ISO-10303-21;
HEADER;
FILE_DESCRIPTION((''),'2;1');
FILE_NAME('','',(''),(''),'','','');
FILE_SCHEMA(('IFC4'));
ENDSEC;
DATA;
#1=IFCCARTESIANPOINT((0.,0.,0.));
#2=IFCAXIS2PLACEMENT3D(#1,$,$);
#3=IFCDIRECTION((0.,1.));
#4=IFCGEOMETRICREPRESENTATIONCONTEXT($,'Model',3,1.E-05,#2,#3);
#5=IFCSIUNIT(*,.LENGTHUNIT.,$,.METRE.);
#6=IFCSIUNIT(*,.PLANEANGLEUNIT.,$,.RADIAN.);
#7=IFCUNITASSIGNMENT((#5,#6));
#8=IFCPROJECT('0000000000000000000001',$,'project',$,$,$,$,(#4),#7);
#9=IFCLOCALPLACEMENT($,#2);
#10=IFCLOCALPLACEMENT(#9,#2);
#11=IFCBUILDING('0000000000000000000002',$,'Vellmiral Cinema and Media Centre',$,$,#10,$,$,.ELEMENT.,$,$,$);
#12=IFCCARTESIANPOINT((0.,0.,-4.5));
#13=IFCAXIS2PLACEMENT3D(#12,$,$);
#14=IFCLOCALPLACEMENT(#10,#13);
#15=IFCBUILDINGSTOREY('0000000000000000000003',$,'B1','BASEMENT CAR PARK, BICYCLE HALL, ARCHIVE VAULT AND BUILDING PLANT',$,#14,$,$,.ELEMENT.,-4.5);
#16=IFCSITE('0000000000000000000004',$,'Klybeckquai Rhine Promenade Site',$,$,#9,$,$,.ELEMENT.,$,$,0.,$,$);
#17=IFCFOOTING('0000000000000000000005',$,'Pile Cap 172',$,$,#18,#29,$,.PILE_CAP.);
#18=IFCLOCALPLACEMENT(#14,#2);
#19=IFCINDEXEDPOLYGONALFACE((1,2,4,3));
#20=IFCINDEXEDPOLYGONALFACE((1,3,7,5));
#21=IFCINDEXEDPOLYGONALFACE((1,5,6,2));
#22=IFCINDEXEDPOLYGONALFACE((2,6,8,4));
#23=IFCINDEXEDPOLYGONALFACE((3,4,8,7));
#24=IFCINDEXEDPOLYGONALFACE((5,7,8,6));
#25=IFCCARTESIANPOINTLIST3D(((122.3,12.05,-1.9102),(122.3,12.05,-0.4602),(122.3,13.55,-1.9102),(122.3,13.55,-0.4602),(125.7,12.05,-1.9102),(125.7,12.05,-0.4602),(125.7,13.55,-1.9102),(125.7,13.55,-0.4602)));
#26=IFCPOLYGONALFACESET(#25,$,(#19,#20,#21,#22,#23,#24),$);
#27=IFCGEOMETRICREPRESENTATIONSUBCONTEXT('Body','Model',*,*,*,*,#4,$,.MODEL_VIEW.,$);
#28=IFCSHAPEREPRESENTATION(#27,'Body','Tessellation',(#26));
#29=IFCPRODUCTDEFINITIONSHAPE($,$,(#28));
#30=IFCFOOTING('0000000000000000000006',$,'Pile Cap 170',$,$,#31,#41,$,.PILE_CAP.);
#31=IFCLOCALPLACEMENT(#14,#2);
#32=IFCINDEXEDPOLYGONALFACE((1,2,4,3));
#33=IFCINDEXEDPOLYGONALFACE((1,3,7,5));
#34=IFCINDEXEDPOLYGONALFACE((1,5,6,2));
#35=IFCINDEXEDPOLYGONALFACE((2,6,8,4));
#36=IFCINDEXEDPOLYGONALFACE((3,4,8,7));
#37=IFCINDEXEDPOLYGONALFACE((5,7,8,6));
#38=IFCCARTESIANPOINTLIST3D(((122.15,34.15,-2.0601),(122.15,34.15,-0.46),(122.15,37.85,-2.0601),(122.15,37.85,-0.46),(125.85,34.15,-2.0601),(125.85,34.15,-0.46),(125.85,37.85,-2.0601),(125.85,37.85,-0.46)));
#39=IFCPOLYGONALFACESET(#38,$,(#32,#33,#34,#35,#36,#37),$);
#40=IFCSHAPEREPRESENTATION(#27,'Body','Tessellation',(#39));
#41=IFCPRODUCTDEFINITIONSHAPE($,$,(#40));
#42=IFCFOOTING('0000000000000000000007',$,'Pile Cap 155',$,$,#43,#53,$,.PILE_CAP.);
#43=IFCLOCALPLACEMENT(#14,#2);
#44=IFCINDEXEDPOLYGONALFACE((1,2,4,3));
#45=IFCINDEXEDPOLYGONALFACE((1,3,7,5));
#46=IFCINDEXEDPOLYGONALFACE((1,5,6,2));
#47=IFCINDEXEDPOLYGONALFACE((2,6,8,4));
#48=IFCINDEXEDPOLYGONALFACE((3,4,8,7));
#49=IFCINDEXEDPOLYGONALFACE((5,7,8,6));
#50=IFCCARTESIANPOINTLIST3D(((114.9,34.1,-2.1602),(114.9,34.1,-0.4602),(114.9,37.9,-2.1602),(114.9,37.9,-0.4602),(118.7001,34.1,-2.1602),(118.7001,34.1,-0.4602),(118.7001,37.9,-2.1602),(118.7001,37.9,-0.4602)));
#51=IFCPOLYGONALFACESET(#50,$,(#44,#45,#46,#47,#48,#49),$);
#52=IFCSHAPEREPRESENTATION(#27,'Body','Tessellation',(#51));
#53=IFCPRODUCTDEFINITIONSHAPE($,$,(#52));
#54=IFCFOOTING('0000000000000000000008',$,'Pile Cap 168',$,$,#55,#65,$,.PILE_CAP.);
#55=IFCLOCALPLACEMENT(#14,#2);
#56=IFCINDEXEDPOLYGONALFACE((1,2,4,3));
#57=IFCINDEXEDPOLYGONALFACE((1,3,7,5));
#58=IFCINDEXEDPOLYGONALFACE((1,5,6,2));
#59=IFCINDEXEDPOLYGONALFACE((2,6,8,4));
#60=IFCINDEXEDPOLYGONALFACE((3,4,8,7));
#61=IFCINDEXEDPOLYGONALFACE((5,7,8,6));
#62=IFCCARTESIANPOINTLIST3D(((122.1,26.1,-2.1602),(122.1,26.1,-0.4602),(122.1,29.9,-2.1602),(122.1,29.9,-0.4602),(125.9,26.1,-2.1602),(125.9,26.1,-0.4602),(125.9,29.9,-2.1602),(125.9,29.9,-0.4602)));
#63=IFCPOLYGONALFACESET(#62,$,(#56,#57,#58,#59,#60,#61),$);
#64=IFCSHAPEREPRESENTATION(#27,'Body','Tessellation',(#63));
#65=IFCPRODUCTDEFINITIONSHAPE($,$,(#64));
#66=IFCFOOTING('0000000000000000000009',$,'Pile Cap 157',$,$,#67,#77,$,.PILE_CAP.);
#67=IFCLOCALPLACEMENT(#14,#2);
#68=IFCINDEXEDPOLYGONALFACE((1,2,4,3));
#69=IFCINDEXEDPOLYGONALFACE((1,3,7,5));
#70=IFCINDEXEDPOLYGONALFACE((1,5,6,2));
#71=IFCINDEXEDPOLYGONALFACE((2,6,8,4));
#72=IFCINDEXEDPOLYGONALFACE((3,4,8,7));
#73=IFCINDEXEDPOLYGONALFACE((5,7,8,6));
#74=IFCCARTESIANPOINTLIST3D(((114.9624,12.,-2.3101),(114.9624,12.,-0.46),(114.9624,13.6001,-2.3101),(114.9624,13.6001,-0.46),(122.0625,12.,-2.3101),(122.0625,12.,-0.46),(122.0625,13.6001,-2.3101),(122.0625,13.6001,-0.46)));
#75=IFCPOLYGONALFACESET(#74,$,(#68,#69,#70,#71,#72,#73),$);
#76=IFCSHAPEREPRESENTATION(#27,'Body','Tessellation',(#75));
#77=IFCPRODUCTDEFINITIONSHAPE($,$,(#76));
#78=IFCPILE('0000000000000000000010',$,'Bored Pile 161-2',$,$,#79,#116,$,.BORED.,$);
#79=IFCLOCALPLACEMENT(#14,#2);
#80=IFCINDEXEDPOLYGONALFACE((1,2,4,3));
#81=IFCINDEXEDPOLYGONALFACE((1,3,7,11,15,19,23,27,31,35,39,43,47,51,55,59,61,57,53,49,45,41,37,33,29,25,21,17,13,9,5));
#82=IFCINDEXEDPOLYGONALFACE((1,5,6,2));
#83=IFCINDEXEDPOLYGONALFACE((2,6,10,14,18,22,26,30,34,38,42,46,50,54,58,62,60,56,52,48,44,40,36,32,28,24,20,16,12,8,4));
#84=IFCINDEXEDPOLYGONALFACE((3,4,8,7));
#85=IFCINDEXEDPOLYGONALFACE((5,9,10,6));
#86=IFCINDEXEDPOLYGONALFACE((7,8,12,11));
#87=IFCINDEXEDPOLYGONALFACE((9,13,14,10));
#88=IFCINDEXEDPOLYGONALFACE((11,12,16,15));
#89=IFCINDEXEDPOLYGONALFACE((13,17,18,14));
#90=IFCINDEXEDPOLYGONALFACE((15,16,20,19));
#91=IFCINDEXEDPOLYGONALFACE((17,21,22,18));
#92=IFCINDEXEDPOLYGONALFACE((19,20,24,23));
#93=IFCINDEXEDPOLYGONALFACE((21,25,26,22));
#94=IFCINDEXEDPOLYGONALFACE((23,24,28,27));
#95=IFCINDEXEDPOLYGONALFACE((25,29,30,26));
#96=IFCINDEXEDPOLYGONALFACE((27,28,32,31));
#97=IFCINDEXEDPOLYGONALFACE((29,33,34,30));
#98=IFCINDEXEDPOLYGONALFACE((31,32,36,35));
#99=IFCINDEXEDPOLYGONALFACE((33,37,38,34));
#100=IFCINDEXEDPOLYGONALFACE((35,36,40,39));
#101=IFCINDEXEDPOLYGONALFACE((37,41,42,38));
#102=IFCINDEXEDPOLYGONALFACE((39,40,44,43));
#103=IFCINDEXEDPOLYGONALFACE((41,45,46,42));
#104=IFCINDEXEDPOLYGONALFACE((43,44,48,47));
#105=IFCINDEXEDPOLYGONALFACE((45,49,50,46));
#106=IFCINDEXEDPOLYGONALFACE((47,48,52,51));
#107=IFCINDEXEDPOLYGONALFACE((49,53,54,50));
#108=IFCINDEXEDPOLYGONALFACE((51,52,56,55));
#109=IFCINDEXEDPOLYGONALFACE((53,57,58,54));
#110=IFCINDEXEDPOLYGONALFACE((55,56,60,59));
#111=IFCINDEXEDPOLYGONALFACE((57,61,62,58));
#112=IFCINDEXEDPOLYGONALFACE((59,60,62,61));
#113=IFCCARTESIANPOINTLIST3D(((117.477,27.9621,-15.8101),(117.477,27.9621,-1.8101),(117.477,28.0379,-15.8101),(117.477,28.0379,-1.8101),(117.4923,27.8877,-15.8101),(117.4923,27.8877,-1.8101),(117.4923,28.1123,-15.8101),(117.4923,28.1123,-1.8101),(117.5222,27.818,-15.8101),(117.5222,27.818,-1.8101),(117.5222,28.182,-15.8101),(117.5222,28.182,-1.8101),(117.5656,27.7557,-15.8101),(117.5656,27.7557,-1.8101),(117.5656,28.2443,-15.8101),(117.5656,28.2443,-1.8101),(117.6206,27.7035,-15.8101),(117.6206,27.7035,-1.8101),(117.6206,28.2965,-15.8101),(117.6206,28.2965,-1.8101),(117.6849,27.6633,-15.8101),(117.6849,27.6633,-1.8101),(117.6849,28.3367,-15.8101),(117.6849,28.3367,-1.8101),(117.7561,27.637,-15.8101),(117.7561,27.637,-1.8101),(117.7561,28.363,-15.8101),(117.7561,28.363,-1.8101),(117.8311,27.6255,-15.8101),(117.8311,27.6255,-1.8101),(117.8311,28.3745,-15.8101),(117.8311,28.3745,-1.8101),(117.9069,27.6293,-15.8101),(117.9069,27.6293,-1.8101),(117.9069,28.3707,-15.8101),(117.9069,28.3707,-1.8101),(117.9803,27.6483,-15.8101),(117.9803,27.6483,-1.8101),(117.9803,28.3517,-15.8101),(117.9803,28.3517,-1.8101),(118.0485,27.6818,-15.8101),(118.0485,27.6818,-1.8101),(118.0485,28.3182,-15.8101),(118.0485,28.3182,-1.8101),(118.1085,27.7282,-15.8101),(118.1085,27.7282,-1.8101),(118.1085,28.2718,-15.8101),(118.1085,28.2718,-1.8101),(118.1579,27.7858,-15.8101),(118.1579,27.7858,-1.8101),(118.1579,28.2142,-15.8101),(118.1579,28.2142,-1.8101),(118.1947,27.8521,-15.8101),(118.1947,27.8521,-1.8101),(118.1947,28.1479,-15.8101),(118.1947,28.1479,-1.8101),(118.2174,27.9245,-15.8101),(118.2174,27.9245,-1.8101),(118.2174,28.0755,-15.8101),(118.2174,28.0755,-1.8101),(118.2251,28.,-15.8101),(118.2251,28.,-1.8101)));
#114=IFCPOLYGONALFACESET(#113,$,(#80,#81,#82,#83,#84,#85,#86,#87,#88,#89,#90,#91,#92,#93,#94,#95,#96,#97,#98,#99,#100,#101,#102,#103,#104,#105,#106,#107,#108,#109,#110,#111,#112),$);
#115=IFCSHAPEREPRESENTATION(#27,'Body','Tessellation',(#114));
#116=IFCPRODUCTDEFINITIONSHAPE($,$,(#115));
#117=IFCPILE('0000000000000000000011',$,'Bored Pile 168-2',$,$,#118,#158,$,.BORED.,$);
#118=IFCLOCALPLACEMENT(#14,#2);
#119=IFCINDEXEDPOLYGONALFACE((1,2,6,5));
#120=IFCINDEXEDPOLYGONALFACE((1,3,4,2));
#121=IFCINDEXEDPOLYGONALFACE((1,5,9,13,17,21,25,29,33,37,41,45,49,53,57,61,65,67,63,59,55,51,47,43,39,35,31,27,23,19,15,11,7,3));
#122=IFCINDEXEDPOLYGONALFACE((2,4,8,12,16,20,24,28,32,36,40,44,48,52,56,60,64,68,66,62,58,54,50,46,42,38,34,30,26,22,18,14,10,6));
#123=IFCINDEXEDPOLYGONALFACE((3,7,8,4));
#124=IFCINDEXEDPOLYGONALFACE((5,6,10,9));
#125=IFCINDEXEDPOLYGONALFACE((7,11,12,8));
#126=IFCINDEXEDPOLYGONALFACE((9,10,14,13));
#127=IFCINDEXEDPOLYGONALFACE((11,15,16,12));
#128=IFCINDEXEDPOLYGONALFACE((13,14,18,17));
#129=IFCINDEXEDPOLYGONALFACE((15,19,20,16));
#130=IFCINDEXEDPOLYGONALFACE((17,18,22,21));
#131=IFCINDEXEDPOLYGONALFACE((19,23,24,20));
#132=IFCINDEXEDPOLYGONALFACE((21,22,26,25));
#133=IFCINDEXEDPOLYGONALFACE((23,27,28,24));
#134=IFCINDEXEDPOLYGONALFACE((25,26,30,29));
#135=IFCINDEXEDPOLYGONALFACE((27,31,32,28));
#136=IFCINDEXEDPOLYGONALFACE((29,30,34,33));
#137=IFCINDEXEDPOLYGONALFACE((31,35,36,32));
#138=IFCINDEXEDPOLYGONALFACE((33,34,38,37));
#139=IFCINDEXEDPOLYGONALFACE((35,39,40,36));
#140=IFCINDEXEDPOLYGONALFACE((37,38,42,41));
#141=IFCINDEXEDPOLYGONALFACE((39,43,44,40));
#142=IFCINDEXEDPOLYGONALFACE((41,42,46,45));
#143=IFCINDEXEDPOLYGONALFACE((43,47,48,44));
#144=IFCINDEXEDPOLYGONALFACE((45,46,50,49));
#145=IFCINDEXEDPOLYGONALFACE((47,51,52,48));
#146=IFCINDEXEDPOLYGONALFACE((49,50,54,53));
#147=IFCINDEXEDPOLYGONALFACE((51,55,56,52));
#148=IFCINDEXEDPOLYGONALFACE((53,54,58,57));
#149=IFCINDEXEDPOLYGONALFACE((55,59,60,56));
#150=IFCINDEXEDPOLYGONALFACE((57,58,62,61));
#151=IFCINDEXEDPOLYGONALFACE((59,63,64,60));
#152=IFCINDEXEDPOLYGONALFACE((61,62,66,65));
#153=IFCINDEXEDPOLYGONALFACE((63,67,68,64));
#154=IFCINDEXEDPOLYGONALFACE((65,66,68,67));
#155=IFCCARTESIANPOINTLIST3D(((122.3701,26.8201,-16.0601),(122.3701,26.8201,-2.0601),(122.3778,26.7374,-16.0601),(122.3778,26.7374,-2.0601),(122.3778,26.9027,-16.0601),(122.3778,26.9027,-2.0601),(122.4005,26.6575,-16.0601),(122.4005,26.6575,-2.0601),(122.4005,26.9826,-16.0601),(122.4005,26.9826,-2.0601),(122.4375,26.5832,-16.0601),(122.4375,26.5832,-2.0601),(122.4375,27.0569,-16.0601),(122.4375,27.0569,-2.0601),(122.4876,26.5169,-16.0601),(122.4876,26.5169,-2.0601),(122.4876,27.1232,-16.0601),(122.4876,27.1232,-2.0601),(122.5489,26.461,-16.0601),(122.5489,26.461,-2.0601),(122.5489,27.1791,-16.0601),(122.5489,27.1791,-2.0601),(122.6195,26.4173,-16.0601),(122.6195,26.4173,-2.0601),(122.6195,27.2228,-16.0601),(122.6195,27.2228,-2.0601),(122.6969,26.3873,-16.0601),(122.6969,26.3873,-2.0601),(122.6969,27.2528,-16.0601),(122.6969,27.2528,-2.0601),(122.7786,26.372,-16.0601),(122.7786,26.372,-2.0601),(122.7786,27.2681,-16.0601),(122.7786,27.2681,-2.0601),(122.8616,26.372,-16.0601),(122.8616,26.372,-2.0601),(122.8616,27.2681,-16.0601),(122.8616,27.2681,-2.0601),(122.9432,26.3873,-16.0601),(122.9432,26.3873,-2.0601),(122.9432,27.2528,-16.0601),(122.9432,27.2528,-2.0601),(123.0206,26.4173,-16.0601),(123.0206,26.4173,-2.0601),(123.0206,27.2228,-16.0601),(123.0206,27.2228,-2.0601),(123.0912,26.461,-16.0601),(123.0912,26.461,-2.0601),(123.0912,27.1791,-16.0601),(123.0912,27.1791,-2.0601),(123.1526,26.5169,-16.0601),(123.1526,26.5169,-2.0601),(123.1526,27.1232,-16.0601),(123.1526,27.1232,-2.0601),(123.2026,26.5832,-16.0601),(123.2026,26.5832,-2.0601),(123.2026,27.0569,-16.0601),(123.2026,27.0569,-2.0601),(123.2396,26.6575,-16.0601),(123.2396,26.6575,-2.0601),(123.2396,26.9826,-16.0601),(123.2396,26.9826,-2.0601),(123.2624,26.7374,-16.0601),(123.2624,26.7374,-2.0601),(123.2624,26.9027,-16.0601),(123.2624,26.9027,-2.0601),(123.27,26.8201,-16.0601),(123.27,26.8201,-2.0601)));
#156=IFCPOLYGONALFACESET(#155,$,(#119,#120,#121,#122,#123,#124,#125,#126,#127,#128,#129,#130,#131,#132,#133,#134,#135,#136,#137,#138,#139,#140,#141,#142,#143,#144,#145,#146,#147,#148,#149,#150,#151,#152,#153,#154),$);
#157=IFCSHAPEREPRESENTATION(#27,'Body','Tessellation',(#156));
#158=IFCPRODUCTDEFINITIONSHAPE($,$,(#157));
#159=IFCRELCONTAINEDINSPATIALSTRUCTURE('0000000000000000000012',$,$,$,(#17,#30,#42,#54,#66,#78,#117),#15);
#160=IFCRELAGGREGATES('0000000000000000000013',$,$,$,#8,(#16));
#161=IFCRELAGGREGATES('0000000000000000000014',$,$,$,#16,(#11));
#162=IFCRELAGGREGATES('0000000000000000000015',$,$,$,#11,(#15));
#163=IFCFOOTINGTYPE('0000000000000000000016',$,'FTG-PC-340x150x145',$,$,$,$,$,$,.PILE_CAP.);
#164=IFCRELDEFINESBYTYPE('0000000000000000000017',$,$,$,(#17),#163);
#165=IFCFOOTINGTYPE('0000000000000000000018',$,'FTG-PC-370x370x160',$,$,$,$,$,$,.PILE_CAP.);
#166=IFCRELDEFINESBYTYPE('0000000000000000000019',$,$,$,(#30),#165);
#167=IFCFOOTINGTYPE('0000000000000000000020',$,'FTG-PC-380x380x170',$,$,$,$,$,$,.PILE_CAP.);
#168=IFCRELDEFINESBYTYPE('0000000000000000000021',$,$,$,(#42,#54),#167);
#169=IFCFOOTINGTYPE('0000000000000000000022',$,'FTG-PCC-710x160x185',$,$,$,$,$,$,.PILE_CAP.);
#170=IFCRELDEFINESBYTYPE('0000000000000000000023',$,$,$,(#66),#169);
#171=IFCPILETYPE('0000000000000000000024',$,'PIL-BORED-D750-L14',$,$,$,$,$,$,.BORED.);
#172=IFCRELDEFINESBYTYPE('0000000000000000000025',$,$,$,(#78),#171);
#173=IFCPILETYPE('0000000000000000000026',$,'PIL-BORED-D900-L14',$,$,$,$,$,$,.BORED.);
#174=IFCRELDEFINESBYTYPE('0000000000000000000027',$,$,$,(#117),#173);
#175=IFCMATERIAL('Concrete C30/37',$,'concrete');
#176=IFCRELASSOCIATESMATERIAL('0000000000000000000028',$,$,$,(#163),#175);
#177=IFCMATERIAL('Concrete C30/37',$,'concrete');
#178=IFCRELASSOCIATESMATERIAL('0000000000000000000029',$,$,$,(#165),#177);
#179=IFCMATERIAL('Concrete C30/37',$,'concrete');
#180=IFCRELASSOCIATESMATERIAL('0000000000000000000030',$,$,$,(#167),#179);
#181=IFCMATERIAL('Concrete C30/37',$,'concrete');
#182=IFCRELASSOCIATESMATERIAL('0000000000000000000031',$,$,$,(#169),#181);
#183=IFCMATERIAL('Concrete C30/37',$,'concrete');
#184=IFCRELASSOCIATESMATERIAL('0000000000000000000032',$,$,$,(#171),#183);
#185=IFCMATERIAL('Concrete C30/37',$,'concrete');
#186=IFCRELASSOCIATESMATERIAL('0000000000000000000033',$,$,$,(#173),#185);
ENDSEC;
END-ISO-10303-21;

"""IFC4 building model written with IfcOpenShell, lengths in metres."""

from ifc_helpers import new_model, si_unit, direction, frame, origin, origin_2d, place, context, subcontext, project, spatial, rectangle, circle, extrude, material, material_profile, profile_set, type_object, element, save


model = new_model("IFC4")

# Units and contexts
model_context = context("Model", 3, precision=1e-05, world=origin(), true_north=direction((0.0, 1.0)))
body_context = subcontext(model_context, "Body", "Model", "MODEL_VIEW")
ifc_project = project(units=[si_unit("LENGTHUNIT", "METRE"), si_unit("PLANEANGLEUNIT", "RADIAN")], contexts=[model_context])

# Site, building, storey
site_placement = place(None, origin())
site = spatial("IfcSite", under=ifc_project, at=site_placement, Name="Klybeckquai Rhine Promenade Site", CompositionType="ELEMENT", RefElevation=0.0)
building_placement = place(site_placement, origin())
building = spatial("IfcBuilding", under=site, at=building_placement, Name="Vellmiral Cinema and Media Centre", CompositionType="ELEMENT")
storey_placement = place(building_placement, frame((0.0, 0.0, -4.5)))
storey = spatial("IfcBuildingStorey", under=building, at=storey_placement, Name="B1", Description="BASEMENT CAR PARK, BICYCLE HALL, ARCHIVE VAULT AND BUILDING PLANT", CompositionType="ELEMENT", Elevation=-4.5)

# Footings
ifc_material_1 = material(Name="Concrete C30/37", Category="concrete")
footing_type_1 = type_object("IfcFootingType", Name="FTG-PC-340x150x145", PredefinedType="PILE_CAP", material=ifc_material_1)
footing_1_placement = place(storey_placement, frame((124.0, 12.8, -1.9102), z_axis=(0.0, 0.0, 1.0), x_axis=(1.0, 0.0, 0.0)))
element("IfcFooting", 1, at=footing_1_placement, inside=storey, type_object=footing_type_1, Name="Pile Cap 172", PredefinedType="PILE_CAP", context=body_context, shape_type="SweptSolid", body=[
    extrude(rectangle(XDim=3.3999, YDim=1.5, at=origin_2d()), origin(), (0.0, 0.0, 1.0), 1.45),
])
ifc_material_2 = material(Name="Concrete C30/37", Category="concrete")
footing_type_2 = type_object("IfcFootingType", Name="FTG-PC-370x370x160", PredefinedType="PILE_CAP", material=ifc_material_2)
footing_2_placement = place(storey_placement, frame((124.0, 36.0, -2.0601), z_axis=(0.0, 0.0, 1.0), x_axis=(1.0, 0.0, 0.0)))
element("IfcFooting", 2, at=footing_2_placement, inside=storey, type_object=footing_type_2, Name="Pile Cap 170", PredefinedType="PILE_CAP", context=body_context, shape_type="SweptSolid", body=[
    extrude(rectangle(XDim=3.7, YDim=3.7, at=origin_2d()), origin(), (0.0, 0.0, 1.0), 1.6001),
])
ifc_material_3 = material(Name="Concrete C30/37", Category="concrete")
footing_type_3 = type_object("IfcFootingType", Name="FTG-PC-380x380x170", PredefinedType="PILE_CAP", material=ifc_material_3)
for number, where, z_axis, x_axis, name in (
    (3, (116.8, 36.0, -2.1602), (0.0, 0.0, 1.0), (1.0, 0.0, 0.0), "Pile Cap 155"),
    (4, (124.0, 28.0, -2.1602), (0.0, 0.0, 1.0), (1.0, 0.0, 0.0), "Pile Cap 168"),
):
    element("IfcFooting", number, at=place(storey_placement, frame(where, z_axis=z_axis, x_axis=x_axis)), inside=storey, type_object=footing_type_3, Name=name, PredefinedType="PILE_CAP", context=body_context, shape_type="SweptSolid", body=[
        extrude(rectangle(XDim=3.8, YDim=3.8, at=origin_2d()), origin(), (0.0, 0.0, 1.0), 1.7),
    ])
ifc_material_4 = material(Name="Concrete C30/37", Category="concrete")
footing_type_4 = type_object("IfcFootingType", Name="FTG-PCC-710x160x185", PredefinedType="PILE_CAP", material=ifc_material_4)
footing_3_placement = place(storey_placement, frame((118.5125, 12.8, -2.3101), z_axis=(0.0, 0.0, 1.0), x_axis=(1.0, 0.0, 0.0)))
element("IfcFooting", 5, at=footing_3_placement, inside=storey, type_object=footing_type_4, Name="Pile Cap 157", PredefinedType="PILE_CAP", context=body_context, shape_type="SweptSolid", body=[
    extrude(rectangle(XDim=7.1001, YDim=1.6001, at=origin_2d()), origin(), (0.0, 0.0, 1.0), 1.8501),
])

# Piles
ifc_material_5 = material(Name="Concrete C30/37", Category="concrete")
ifc_material_profile_1 = material_profile(ifc_material_5, circle(Radius=0.375, at=origin_2d()), Name="PILE D750")
ifc_profile_set_1 = profile_set([ifc_material_profile_1], Name="Concrete C30/37")
pile_type_1 = type_object("IfcPileType", Name="PIL-BORED-D750-L14", PredefinedType="BORED", material=ifc_profile_set_1)
pile_1_placement = place(storey_placement, frame((117.8501, 28.0, -1.8101), z_axis=(0.0, 0.0, -1.0), x_axis=(1.0, 0.0, 0.0)))
element("IfcPile", 6, at=pile_1_placement, inside=storey, type_object=pile_type_1, Name="Bored Pile 161-2", PredefinedType="BORED", context=body_context, shape_type="SweptSolid", body=[
    extrude(circle(Radius=0.375, at=origin_2d()), origin(), (0.0, 0.0, 1.0), 14.0),
])
ifc_material_6 = material(Name="Concrete C30/37", Category="concrete")
ifc_material_profile_2 = material_profile(ifc_material_6, circle(Radius=0.45, at=origin_2d()), Name="PILE D900")
ifc_profile_set_2 = profile_set([ifc_material_profile_2], Name="Concrete C30/37")
pile_type_2 = type_object("IfcPileType", Name="PIL-BORED-D900-L14", PredefinedType="BORED", material=ifc_profile_set_2)
pile_2_placement = place(storey_placement, frame((122.8201, 26.8201, -2.0601), z_axis=(0.0, 0.0, -1.0), x_axis=(1.0, 0.0, 0.0)))
element("IfcPile", 7, at=pile_2_placement, inside=storey, type_object=pile_type_2, Name="Bored Pile 168-2", PredefinedType="BORED", context=body_context, shape_type="SweptSolid", body=[
    extrude(circle(Radius=0.45, at=origin_2d()), origin(), (0.0, 0.0, 1.0), 14.0),
])

save(model, "model.ifc")
